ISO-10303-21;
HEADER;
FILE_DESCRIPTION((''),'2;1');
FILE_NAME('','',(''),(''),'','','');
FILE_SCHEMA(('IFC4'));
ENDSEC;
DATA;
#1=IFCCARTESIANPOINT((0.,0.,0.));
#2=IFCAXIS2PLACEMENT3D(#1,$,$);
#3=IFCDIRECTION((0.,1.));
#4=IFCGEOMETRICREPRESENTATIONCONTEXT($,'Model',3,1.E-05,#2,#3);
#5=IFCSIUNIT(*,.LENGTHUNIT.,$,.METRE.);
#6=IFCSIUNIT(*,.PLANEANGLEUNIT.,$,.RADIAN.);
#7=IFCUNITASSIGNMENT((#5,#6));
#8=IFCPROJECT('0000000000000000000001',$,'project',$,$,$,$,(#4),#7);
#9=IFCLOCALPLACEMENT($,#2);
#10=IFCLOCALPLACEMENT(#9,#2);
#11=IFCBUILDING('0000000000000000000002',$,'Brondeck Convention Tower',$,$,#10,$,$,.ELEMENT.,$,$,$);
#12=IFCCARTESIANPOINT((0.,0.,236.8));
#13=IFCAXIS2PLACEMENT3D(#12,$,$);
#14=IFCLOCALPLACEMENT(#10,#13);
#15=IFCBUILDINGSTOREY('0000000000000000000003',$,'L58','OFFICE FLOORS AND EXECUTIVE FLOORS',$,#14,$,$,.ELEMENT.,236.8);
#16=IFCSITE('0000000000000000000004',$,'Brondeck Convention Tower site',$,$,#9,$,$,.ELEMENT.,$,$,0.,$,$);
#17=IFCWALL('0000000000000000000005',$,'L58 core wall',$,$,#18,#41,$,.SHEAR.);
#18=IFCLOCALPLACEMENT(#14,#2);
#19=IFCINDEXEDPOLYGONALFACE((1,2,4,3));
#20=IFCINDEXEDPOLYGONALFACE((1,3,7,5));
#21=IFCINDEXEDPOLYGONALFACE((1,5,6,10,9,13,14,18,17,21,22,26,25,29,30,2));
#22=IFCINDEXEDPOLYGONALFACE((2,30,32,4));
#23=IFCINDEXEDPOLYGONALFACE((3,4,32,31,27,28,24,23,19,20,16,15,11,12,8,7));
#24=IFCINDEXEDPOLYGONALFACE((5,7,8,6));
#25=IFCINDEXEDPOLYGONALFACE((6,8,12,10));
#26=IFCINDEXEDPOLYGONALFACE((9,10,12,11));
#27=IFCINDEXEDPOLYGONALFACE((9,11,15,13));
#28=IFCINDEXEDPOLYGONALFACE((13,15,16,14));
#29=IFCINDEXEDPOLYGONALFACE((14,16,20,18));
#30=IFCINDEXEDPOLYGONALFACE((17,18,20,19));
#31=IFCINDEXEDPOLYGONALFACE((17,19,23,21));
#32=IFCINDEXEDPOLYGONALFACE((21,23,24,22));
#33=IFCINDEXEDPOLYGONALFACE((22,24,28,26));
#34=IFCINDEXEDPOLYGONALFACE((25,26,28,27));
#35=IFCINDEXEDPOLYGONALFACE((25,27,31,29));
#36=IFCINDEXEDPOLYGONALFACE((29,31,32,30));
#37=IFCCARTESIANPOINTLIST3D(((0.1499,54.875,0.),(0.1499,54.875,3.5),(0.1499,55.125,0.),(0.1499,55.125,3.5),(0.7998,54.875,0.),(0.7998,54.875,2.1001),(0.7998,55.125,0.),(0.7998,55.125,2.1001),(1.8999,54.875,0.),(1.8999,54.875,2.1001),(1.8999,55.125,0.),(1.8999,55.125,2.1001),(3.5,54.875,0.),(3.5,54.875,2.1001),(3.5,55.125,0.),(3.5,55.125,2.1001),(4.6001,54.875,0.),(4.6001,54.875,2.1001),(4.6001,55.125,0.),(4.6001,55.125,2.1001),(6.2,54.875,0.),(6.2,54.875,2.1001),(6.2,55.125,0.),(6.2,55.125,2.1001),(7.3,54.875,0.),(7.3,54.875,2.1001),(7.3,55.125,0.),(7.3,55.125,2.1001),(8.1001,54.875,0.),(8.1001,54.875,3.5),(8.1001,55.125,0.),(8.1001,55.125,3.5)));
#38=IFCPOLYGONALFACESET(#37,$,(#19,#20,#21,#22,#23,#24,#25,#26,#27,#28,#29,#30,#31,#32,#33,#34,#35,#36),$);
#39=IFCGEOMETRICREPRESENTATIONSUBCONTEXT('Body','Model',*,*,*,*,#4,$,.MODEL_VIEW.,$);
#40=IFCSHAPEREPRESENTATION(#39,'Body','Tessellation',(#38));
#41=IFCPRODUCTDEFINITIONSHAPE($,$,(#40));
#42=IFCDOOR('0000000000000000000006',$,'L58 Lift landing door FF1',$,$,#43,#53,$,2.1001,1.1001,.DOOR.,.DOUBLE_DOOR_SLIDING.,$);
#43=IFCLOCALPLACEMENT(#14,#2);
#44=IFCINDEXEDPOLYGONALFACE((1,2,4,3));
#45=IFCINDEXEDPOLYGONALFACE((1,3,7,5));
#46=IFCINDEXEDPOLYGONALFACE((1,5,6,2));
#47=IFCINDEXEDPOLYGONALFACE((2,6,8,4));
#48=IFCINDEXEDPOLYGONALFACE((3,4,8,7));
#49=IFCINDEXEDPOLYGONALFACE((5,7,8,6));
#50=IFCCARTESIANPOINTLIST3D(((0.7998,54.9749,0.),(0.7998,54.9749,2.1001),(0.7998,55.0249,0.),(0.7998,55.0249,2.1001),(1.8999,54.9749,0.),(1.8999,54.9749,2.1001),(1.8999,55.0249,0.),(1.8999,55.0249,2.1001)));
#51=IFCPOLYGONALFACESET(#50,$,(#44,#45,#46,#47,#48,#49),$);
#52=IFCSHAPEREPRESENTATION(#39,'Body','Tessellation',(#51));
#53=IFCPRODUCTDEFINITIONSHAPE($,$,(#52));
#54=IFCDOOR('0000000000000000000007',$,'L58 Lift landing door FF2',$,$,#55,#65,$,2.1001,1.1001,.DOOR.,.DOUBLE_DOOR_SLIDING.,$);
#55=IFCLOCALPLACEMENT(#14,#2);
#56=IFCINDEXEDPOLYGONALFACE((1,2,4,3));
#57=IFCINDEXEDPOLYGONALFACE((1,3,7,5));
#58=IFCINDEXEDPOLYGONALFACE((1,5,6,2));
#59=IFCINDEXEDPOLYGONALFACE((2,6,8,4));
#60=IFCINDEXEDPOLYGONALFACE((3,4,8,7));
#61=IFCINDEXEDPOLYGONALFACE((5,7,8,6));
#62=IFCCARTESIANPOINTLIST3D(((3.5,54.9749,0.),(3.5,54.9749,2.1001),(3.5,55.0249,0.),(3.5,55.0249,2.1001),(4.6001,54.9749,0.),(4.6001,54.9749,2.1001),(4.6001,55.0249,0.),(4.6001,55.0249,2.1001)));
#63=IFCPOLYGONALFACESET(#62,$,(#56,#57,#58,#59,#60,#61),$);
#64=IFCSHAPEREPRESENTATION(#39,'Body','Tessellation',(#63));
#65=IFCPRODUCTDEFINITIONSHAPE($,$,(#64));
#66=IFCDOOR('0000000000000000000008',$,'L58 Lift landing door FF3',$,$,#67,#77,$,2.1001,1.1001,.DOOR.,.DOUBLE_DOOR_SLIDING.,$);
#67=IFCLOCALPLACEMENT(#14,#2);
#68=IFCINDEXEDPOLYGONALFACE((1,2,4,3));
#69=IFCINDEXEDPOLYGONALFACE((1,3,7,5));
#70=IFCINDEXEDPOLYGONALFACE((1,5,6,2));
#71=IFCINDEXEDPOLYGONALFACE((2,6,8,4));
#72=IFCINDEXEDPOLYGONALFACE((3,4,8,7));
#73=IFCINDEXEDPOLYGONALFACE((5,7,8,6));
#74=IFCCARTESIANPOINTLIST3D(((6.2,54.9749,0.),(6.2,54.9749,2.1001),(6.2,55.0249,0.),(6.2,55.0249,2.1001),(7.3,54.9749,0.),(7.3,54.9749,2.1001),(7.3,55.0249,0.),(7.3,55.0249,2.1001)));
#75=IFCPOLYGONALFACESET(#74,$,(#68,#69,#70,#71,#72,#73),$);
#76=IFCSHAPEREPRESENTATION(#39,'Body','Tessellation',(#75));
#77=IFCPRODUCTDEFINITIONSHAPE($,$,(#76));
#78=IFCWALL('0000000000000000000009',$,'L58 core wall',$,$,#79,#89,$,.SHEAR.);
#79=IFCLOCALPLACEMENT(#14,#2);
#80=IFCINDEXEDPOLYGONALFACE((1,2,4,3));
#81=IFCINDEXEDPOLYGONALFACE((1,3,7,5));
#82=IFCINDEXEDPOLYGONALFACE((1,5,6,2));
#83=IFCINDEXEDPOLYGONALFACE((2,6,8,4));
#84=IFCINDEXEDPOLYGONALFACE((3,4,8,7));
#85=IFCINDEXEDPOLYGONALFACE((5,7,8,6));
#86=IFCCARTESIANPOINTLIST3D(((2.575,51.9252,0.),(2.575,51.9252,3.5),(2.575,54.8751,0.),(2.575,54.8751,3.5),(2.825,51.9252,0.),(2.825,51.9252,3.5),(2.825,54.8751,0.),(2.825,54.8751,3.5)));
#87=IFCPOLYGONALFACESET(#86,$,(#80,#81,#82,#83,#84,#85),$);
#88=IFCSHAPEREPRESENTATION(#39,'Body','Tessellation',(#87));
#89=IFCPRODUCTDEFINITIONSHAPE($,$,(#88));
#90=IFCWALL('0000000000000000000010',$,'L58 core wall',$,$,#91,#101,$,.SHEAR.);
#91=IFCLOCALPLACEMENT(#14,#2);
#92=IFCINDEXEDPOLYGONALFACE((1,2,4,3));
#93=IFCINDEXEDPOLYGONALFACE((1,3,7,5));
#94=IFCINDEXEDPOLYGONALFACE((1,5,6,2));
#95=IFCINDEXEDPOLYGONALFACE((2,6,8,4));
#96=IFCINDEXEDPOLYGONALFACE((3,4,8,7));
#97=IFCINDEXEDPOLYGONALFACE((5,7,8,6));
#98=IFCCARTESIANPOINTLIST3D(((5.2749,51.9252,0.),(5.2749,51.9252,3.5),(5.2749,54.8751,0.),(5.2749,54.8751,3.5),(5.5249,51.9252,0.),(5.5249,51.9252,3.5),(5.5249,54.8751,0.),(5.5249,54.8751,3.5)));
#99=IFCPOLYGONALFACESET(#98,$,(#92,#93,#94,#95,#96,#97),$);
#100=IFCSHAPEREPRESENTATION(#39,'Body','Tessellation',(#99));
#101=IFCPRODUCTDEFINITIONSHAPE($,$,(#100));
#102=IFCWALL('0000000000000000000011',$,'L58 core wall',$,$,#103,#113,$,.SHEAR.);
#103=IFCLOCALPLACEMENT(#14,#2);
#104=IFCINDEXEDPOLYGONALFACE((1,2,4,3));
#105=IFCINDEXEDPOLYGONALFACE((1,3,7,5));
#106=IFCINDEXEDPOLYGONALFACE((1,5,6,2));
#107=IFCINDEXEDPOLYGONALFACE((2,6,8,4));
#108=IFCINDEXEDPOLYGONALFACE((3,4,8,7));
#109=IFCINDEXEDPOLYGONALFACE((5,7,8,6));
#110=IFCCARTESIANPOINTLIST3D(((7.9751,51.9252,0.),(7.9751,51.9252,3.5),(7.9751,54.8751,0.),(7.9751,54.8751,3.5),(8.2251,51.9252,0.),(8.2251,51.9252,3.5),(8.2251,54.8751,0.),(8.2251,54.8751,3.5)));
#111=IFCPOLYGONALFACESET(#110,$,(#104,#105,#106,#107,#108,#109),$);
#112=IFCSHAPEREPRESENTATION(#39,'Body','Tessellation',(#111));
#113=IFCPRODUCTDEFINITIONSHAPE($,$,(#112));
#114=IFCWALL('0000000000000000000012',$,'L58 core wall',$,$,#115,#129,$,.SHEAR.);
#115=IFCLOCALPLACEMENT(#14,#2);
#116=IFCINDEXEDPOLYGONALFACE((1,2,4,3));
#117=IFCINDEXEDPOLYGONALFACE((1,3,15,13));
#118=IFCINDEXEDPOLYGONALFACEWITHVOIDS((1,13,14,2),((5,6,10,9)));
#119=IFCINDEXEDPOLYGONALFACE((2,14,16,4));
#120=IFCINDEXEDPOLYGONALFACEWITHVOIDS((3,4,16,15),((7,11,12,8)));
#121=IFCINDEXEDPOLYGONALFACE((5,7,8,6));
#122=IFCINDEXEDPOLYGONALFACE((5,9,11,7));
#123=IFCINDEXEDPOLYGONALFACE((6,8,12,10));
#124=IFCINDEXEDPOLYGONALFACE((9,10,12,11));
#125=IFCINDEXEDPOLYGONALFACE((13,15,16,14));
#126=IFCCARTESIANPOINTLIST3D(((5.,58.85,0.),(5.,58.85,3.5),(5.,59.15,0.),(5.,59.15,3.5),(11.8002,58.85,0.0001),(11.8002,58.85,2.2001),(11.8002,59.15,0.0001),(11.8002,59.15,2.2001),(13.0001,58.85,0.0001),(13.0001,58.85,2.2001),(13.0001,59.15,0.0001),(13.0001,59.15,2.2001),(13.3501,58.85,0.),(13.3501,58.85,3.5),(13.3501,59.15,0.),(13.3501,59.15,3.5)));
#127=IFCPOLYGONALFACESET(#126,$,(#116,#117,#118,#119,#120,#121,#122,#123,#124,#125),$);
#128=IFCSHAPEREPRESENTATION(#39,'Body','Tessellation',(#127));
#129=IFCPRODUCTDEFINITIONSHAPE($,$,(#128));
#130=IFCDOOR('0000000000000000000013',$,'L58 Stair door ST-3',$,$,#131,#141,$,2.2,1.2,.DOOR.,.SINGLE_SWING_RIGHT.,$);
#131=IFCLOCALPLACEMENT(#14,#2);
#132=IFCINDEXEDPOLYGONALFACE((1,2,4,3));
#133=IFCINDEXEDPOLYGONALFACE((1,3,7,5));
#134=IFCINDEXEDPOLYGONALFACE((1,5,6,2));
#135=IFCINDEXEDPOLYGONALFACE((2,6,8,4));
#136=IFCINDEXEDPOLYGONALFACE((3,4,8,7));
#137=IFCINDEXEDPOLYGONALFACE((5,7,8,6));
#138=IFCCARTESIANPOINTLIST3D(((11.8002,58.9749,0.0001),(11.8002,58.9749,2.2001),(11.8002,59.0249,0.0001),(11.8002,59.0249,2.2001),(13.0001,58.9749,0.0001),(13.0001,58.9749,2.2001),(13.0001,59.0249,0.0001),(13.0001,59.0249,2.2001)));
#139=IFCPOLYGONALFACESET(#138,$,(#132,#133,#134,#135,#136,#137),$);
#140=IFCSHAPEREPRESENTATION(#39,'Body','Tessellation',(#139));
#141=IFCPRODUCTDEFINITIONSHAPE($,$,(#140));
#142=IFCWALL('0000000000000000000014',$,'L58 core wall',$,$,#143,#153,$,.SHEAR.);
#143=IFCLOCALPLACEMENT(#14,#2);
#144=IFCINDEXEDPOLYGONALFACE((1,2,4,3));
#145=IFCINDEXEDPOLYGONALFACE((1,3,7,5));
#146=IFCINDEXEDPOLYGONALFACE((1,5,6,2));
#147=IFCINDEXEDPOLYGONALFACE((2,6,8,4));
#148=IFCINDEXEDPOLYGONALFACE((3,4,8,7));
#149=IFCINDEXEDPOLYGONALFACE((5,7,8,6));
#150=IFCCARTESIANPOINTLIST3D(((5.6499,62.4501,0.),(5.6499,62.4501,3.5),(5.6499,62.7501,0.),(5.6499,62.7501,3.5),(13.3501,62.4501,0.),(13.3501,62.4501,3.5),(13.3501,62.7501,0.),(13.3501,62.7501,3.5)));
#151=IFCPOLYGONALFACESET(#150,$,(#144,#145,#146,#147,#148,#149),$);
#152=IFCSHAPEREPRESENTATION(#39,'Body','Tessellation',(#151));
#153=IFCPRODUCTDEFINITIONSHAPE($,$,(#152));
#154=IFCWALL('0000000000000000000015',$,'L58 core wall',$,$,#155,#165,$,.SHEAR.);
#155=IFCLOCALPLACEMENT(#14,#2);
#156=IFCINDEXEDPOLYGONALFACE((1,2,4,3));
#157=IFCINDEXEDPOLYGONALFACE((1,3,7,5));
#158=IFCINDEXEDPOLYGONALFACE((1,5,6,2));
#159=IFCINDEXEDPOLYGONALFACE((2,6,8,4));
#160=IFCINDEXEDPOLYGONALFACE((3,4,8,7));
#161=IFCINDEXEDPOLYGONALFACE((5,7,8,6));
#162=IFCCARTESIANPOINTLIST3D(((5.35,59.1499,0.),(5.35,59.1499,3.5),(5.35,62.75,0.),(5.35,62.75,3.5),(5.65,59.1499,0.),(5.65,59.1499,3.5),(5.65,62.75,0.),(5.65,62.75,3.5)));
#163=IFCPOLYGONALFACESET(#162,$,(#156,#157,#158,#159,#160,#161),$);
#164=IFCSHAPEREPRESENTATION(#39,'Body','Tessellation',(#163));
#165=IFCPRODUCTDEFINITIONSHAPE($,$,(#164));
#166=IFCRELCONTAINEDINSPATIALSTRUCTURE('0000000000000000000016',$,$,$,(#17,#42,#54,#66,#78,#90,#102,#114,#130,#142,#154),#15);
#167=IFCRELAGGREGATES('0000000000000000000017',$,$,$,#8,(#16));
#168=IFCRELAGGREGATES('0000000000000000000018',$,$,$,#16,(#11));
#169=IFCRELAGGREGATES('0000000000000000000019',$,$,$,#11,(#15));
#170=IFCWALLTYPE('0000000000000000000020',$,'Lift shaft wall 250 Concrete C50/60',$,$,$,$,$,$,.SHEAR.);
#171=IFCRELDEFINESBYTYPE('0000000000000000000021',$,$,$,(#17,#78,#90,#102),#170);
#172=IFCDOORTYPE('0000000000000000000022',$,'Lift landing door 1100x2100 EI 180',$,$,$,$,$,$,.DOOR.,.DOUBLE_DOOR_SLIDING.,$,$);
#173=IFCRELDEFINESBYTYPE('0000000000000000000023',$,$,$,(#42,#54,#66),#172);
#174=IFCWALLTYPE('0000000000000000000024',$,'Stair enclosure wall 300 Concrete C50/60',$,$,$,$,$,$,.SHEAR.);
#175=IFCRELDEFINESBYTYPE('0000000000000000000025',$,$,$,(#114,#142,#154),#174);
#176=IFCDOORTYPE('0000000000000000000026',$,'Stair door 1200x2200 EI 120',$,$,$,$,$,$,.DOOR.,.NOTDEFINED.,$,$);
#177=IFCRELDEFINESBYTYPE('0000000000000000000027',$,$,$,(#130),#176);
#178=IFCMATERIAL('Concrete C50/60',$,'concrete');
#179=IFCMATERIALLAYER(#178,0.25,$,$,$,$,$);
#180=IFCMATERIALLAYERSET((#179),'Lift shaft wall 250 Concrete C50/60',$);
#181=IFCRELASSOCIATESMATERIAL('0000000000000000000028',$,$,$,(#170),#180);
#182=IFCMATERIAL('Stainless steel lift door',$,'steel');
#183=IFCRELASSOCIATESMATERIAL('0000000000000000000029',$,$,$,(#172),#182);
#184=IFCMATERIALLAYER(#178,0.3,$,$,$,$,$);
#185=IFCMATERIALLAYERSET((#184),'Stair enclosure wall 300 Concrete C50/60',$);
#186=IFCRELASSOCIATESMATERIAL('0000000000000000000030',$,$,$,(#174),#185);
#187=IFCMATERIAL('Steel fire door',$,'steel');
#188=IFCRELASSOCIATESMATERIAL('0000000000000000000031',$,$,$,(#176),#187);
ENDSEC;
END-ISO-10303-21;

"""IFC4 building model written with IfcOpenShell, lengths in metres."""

from ifc_helpers import new_model, si_unit, direction, frame, frame_2d, origin, place, context, subcontext, project, spatial, rectangle, extrude, material, layer, layer_set, type_object, element, fill, save


model = new_model("IFC4")

# Units and contexts
model_context = context("Model", 3, precision=1e-05, world=origin(), true_north=direction((0.0, 1.0)))
body_context = subcontext(model_context, "Body", "Model", "MODEL_VIEW")
ifc_project = project(units=[si_unit("LENGTHUNIT", "METRE"), si_unit("PLANEANGLEUNIT", "RADIAN")], contexts=[model_context])

# Site, building, storey
site_placement = place(None, origin())
site = spatial("IfcSite", under=ifc_project, at=site_placement, Name="Brondeck Convention Tower site", CompositionType="ELEMENT", RefElevation=0.0)
building_placement = place(site_placement, origin())
building = spatial("IfcBuilding", under=site, at=building_placement, Name="Brondeck Convention Tower", CompositionType="ELEMENT")
storey_placement = place(building_placement, frame((0.0, 0.0, 236.8)))
storey = spatial("IfcBuildingStorey", under=building, at=storey_placement, Name="L58", Description="OFFICE FLOORS AND EXECUTIVE FLOORS", CompositionType="ELEMENT", Elevation=236.8)

# Shared definitions
ifc_material_1 = material(Name="Concrete C50/60", Category="concrete")

# Wall, openings, doors
ifc_layer_1 = layer(ifc_material_1, 0.25)
ifc_layer_set_1 = layer_set([ifc_layer_1], Name="Lift shaft wall 250 Concrete C50/60")
wall_type_1 = type_object("IfcWallType", Name="Lift shaft wall 250 Concrete C50/60", PredefinedType="SHEAR", material=ifc_layer_set_1)
wall_1_placement = place(storey_placement, frame((0.1499, 55.0, 0.0), z_axis=(0.0, 0.0, 1.0), x_axis=(1.0, 0.0, 0.0)))
wall_1 = element("IfcWall", 1, at=wall_1_placement, inside=storey, type_object=wall_type_1, Name="L58 core wall", PredefinedType="SHEAR", context=body_context, shape_type="SweptSolid", body=[
    extrude(rectangle(XDim=7.9502, YDim=0.25, at=frame_2d((3.9751, 0.0))), origin(), (0.0, 0.0, 1.0), 3.5),
])
opening_1_placement = place(wall_1_placement, frame((0.6499, 0.0, 0.0)))
opening_1 = element("IfcOpeningElement", 2, at=opening_1_placement, cuts=wall_1, PredefinedType="OPENING", context=body_context, shape_type="SweptSolid", body=[
    extrude(rectangle(XDim=1.1001, YDim=2.1001, at=frame_2d((0.55, 1.05))), frame((0.0, 0.135, 0.0), z_axis=(0.0, -1.0, 0.0), x_axis=(1.0, 0.0, 0.0)), (0.0, 0.0, 1.0), 0.27),
])
opening_2_placement = place(wall_1_placement, frame((3.3501, 0.0, 0.0)))
opening_2 = element("IfcOpeningElement", 3, at=opening_2_placement, cuts=wall_1, PredefinedType="OPENING", context=body_context, shape_type="SweptSolid", body=[
    extrude(rectangle(XDim=1.1001, YDim=2.1001, at=frame_2d((0.55, 1.05))), frame((0.0, 0.135, 0.0), z_axis=(0.0, -1.0, 0.0), x_axis=(1.0, 0.0, 0.0)), (0.0, 0.0, 1.0), 0.27),
])
opening_3_placement = place(wall_1_placement, frame((6.05, 0.0, 0.0)))
opening_3 = element("IfcOpeningElement", 4, at=opening_3_placement, cuts=wall_1, PredefinedType="OPENING", context=body_context, shape_type="SweptSolid", body=[
    extrude(rectangle(XDim=1.1001, YDim=2.1001, at=frame_2d((0.55, 1.05))), frame((0.0, 0.135, 0.0), z_axis=(0.0, -1.0, 0.0), x_axis=(1.0, 0.0, 0.0)), (0.0, 0.0, 1.0), 0.27),
])
ifc_material_2 = material(Name="Stainless steel lift door", Category="steel")
door_type_1 = type_object("IfcDoorType", Name="Lift landing door 1100x2100 EI 180", OperationType="DOUBLE_DOOR_SLIDING", PredefinedType="DOOR", material=ifc_material_2)
door_1_placement = place(opening_1_placement, origin())
door_1 = element("IfcDoor", 5, at=door_1_placement, inside=storey, type_object=door_type_1, Name="L58 Lift landing door FF1", OperationType="DOUBLE_DOOR_SLIDING", OverallHeight=2.1001, OverallWidth=1.1001, PredefinedType="DOOR", context=body_context, shape_type="SweptSolid", body=[
    extrude(rectangle(XDim=1.1001, YDim=2.1001, at=frame_2d((0.55, 1.05))), frame((0.0, 0.0249, 0.0), z_axis=(0.0, -1.0, 0.0), x_axis=(1.0, 0.0, 0.0)), (0.0, 0.0, 1.0), 0.05),
])
fill(opening_1, door_1)
door_2_placement = place(opening_2_placement, origin())
door_2 = element("IfcDoor", 6, at=door_2_placement, inside=storey, type_object=door_type_1, Name="L58 Lift landing door FF2", OperationType="DOUBLE_DOOR_SLIDING", OverallHeight=2.1001, OverallWidth=1.1001, PredefinedType="DOOR", context=body_context, shape_type="SweptSolid", body=[
    extrude(rectangle(XDim=1.1001, YDim=2.1001, at=frame_2d((0.55, 1.05))), frame((0.0, 0.0249, 0.0), z_axis=(0.0, -1.0, 0.0), x_axis=(1.0, 0.0, 0.0)), (0.0, 0.0, 1.0), 0.05),
])
fill(opening_2, door_2)
door_3_placement = place(opening_3_placement, origin())
door_3 = element("IfcDoor", 7, at=door_3_placement, inside=storey, type_object=door_type_1, Name="L58 Lift landing door FF3", OperationType="DOUBLE_DOOR_SLIDING", OverallHeight=2.1001, OverallWidth=1.1001, PredefinedType="DOOR", context=body_context, shape_type="SweptSolid", body=[
    extrude(rectangle(XDim=1.1001, YDim=2.1001, at=frame_2d((0.55, 1.05))), frame((0.0, 0.0249, 0.0), z_axis=(0.0, -1.0, 0.0), x_axis=(1.0, 0.0, 0.0)), (0.0, 0.0, 1.0), 0.05),
])
fill(opening_3, door_3)

# Walls
for number, where, z_axis, x_axis, name in (
    (8, (2.7, 51.925, 0.0), (0.0, 0.0, 1.0), (0.0, 1.0, 0.0), "L58 core wall"),
    (9, (5.3999, 51.925, 0.0), (0.0, 0.0, 1.0), (0.0, 1.0, 0.0), "L58 core wall"),
    (10, (8.1001, 51.925, 0.0), (0.0, 0.0, 1.0), (0.0, 1.0, 0.0), "L58 core wall"),
):
    element("IfcWall", number, at=place(storey_placement, frame(where, z_axis=z_axis, x_axis=x_axis)), inside=storey, type_object=wall_type_1, Name=name, PredefinedType="SHEAR", context=body_context, shape_type="SweptSolid", body=[
        extrude(rectangle(XDim=2.95, YDim=0.25, at=frame_2d((1.4751, 0.0))), origin(), (0.0, 0.0, 1.0), 3.5),
    ])

# Wall, opening, door
ifc_layer_2 = layer(ifc_material_1, 0.3)
ifc_layer_set_2 = layer_set([ifc_layer_2], Name="Stair enclosure wall 300 Concrete C50/60")
wall_type_2 = type_object("IfcWallType", Name="Stair enclosure wall 300 Concrete C50/60", PredefinedType="SHEAR", material=ifc_layer_set_2)
wall_2_placement = place(storey_placement, frame((5.0, 59.0, 0.0), z_axis=(0.0, 0.0, 1.0), x_axis=(1.0, 0.0, 0.0)))
wall_2 = element("IfcWall", 11, at=wall_2_placement, inside=storey, type_object=wall_type_2, Name="L58 core wall", PredefinedType="SHEAR", context=body_context, shape_type="SweptSolid", body=[
    extrude(rectangle(XDim=8.3501, YDim=0.3, at=frame_2d((4.175, 0.0))), origin(), (0.0, 0.0, 1.0), 3.5),
])
opening_4_placement = place(wall_2_placement, frame((6.8, 0.0, 0.0)))
opening_4 = element("IfcOpeningElement", 12, at=opening_4_placement, cuts=wall_2, PredefinedType="OPENING", context=body_context, shape_type="SweptSolid", body=[
    extrude(rectangle(XDim=1.2, YDim=2.2, at=frame_2d((0.6001, 1.1001))), frame((0.0, 0.1599, 0.0), z_axis=(0.0, -1.0, 0.0), x_axis=(1.0, 0.0, 0.0)), (0.0, 0.0, 1.0), 0.3201),
])
ifc_material_3 = material(Name="Steel fire door", Category="steel")
door_type_2 = type_object("IfcDoorType", Name="Stair door 1200x2200 EI 120", OperationType="NOTDEFINED", PredefinedType="DOOR", material=ifc_material_3)
door_4_placement = place(opening_4_placement, origin())
door_4 = element("IfcDoor", 13, at=door_4_placement, inside=storey, type_object=door_type_2, Name="L58 Stair door ST-3", OperationType="SINGLE_SWING_RIGHT", OverallHeight=2.2, OverallWidth=1.2, PredefinedType="DOOR", context=body_context, shape_type="SweptSolid", body=[
    extrude(rectangle(XDim=1.2, YDim=2.2, at=frame_2d((0.6001, 1.1001))), frame((0.0, 0.0249, 0.0), z_axis=(0.0, -1.0, 0.0), x_axis=(1.0, 0.0, 0.0)), (0.0, 0.0, 1.0), 0.05),
])
fill(opening_4, door_4)

# Walls
wall_3_placement = place(storey_placement, frame((5.6499, 62.6001, 0.0), z_axis=(0.0, 0.0, 1.0), x_axis=(1.0, 0.0, 0.0)))
element("IfcWall", 14, at=wall_3_placement, inside=storey, type_object=wall_type_2, Name="L58 core wall", PredefinedType="SHEAR", context=body_context, shape_type="SweptSolid", body=[
    extrude(rectangle(XDim=7.7002, YDim=0.3, at=frame_2d((3.8501, 0.0))), origin(), (0.0, 0.0, 1.0), 3.5),
])
wall_4_placement = place(storey_placement, frame((5.5, 59.1499, 0.0), z_axis=(0.0, 0.0, 1.0), x_axis=(0.0, 1.0, 0.0)))
element("IfcWall", 15, at=wall_4_placement, inside=storey, type_object=wall_type_2, Name="L58 core wall", PredefinedType="SHEAR", context=body_context, shape_type="SweptSolid", body=[
    extrude(rectangle(XDim=3.6001, YDim=0.3, at=frame_2d((1.8, 0.0))), origin(), (0.0, 0.0, 1.0), 3.5),
])

save(model, "model.ifc")
